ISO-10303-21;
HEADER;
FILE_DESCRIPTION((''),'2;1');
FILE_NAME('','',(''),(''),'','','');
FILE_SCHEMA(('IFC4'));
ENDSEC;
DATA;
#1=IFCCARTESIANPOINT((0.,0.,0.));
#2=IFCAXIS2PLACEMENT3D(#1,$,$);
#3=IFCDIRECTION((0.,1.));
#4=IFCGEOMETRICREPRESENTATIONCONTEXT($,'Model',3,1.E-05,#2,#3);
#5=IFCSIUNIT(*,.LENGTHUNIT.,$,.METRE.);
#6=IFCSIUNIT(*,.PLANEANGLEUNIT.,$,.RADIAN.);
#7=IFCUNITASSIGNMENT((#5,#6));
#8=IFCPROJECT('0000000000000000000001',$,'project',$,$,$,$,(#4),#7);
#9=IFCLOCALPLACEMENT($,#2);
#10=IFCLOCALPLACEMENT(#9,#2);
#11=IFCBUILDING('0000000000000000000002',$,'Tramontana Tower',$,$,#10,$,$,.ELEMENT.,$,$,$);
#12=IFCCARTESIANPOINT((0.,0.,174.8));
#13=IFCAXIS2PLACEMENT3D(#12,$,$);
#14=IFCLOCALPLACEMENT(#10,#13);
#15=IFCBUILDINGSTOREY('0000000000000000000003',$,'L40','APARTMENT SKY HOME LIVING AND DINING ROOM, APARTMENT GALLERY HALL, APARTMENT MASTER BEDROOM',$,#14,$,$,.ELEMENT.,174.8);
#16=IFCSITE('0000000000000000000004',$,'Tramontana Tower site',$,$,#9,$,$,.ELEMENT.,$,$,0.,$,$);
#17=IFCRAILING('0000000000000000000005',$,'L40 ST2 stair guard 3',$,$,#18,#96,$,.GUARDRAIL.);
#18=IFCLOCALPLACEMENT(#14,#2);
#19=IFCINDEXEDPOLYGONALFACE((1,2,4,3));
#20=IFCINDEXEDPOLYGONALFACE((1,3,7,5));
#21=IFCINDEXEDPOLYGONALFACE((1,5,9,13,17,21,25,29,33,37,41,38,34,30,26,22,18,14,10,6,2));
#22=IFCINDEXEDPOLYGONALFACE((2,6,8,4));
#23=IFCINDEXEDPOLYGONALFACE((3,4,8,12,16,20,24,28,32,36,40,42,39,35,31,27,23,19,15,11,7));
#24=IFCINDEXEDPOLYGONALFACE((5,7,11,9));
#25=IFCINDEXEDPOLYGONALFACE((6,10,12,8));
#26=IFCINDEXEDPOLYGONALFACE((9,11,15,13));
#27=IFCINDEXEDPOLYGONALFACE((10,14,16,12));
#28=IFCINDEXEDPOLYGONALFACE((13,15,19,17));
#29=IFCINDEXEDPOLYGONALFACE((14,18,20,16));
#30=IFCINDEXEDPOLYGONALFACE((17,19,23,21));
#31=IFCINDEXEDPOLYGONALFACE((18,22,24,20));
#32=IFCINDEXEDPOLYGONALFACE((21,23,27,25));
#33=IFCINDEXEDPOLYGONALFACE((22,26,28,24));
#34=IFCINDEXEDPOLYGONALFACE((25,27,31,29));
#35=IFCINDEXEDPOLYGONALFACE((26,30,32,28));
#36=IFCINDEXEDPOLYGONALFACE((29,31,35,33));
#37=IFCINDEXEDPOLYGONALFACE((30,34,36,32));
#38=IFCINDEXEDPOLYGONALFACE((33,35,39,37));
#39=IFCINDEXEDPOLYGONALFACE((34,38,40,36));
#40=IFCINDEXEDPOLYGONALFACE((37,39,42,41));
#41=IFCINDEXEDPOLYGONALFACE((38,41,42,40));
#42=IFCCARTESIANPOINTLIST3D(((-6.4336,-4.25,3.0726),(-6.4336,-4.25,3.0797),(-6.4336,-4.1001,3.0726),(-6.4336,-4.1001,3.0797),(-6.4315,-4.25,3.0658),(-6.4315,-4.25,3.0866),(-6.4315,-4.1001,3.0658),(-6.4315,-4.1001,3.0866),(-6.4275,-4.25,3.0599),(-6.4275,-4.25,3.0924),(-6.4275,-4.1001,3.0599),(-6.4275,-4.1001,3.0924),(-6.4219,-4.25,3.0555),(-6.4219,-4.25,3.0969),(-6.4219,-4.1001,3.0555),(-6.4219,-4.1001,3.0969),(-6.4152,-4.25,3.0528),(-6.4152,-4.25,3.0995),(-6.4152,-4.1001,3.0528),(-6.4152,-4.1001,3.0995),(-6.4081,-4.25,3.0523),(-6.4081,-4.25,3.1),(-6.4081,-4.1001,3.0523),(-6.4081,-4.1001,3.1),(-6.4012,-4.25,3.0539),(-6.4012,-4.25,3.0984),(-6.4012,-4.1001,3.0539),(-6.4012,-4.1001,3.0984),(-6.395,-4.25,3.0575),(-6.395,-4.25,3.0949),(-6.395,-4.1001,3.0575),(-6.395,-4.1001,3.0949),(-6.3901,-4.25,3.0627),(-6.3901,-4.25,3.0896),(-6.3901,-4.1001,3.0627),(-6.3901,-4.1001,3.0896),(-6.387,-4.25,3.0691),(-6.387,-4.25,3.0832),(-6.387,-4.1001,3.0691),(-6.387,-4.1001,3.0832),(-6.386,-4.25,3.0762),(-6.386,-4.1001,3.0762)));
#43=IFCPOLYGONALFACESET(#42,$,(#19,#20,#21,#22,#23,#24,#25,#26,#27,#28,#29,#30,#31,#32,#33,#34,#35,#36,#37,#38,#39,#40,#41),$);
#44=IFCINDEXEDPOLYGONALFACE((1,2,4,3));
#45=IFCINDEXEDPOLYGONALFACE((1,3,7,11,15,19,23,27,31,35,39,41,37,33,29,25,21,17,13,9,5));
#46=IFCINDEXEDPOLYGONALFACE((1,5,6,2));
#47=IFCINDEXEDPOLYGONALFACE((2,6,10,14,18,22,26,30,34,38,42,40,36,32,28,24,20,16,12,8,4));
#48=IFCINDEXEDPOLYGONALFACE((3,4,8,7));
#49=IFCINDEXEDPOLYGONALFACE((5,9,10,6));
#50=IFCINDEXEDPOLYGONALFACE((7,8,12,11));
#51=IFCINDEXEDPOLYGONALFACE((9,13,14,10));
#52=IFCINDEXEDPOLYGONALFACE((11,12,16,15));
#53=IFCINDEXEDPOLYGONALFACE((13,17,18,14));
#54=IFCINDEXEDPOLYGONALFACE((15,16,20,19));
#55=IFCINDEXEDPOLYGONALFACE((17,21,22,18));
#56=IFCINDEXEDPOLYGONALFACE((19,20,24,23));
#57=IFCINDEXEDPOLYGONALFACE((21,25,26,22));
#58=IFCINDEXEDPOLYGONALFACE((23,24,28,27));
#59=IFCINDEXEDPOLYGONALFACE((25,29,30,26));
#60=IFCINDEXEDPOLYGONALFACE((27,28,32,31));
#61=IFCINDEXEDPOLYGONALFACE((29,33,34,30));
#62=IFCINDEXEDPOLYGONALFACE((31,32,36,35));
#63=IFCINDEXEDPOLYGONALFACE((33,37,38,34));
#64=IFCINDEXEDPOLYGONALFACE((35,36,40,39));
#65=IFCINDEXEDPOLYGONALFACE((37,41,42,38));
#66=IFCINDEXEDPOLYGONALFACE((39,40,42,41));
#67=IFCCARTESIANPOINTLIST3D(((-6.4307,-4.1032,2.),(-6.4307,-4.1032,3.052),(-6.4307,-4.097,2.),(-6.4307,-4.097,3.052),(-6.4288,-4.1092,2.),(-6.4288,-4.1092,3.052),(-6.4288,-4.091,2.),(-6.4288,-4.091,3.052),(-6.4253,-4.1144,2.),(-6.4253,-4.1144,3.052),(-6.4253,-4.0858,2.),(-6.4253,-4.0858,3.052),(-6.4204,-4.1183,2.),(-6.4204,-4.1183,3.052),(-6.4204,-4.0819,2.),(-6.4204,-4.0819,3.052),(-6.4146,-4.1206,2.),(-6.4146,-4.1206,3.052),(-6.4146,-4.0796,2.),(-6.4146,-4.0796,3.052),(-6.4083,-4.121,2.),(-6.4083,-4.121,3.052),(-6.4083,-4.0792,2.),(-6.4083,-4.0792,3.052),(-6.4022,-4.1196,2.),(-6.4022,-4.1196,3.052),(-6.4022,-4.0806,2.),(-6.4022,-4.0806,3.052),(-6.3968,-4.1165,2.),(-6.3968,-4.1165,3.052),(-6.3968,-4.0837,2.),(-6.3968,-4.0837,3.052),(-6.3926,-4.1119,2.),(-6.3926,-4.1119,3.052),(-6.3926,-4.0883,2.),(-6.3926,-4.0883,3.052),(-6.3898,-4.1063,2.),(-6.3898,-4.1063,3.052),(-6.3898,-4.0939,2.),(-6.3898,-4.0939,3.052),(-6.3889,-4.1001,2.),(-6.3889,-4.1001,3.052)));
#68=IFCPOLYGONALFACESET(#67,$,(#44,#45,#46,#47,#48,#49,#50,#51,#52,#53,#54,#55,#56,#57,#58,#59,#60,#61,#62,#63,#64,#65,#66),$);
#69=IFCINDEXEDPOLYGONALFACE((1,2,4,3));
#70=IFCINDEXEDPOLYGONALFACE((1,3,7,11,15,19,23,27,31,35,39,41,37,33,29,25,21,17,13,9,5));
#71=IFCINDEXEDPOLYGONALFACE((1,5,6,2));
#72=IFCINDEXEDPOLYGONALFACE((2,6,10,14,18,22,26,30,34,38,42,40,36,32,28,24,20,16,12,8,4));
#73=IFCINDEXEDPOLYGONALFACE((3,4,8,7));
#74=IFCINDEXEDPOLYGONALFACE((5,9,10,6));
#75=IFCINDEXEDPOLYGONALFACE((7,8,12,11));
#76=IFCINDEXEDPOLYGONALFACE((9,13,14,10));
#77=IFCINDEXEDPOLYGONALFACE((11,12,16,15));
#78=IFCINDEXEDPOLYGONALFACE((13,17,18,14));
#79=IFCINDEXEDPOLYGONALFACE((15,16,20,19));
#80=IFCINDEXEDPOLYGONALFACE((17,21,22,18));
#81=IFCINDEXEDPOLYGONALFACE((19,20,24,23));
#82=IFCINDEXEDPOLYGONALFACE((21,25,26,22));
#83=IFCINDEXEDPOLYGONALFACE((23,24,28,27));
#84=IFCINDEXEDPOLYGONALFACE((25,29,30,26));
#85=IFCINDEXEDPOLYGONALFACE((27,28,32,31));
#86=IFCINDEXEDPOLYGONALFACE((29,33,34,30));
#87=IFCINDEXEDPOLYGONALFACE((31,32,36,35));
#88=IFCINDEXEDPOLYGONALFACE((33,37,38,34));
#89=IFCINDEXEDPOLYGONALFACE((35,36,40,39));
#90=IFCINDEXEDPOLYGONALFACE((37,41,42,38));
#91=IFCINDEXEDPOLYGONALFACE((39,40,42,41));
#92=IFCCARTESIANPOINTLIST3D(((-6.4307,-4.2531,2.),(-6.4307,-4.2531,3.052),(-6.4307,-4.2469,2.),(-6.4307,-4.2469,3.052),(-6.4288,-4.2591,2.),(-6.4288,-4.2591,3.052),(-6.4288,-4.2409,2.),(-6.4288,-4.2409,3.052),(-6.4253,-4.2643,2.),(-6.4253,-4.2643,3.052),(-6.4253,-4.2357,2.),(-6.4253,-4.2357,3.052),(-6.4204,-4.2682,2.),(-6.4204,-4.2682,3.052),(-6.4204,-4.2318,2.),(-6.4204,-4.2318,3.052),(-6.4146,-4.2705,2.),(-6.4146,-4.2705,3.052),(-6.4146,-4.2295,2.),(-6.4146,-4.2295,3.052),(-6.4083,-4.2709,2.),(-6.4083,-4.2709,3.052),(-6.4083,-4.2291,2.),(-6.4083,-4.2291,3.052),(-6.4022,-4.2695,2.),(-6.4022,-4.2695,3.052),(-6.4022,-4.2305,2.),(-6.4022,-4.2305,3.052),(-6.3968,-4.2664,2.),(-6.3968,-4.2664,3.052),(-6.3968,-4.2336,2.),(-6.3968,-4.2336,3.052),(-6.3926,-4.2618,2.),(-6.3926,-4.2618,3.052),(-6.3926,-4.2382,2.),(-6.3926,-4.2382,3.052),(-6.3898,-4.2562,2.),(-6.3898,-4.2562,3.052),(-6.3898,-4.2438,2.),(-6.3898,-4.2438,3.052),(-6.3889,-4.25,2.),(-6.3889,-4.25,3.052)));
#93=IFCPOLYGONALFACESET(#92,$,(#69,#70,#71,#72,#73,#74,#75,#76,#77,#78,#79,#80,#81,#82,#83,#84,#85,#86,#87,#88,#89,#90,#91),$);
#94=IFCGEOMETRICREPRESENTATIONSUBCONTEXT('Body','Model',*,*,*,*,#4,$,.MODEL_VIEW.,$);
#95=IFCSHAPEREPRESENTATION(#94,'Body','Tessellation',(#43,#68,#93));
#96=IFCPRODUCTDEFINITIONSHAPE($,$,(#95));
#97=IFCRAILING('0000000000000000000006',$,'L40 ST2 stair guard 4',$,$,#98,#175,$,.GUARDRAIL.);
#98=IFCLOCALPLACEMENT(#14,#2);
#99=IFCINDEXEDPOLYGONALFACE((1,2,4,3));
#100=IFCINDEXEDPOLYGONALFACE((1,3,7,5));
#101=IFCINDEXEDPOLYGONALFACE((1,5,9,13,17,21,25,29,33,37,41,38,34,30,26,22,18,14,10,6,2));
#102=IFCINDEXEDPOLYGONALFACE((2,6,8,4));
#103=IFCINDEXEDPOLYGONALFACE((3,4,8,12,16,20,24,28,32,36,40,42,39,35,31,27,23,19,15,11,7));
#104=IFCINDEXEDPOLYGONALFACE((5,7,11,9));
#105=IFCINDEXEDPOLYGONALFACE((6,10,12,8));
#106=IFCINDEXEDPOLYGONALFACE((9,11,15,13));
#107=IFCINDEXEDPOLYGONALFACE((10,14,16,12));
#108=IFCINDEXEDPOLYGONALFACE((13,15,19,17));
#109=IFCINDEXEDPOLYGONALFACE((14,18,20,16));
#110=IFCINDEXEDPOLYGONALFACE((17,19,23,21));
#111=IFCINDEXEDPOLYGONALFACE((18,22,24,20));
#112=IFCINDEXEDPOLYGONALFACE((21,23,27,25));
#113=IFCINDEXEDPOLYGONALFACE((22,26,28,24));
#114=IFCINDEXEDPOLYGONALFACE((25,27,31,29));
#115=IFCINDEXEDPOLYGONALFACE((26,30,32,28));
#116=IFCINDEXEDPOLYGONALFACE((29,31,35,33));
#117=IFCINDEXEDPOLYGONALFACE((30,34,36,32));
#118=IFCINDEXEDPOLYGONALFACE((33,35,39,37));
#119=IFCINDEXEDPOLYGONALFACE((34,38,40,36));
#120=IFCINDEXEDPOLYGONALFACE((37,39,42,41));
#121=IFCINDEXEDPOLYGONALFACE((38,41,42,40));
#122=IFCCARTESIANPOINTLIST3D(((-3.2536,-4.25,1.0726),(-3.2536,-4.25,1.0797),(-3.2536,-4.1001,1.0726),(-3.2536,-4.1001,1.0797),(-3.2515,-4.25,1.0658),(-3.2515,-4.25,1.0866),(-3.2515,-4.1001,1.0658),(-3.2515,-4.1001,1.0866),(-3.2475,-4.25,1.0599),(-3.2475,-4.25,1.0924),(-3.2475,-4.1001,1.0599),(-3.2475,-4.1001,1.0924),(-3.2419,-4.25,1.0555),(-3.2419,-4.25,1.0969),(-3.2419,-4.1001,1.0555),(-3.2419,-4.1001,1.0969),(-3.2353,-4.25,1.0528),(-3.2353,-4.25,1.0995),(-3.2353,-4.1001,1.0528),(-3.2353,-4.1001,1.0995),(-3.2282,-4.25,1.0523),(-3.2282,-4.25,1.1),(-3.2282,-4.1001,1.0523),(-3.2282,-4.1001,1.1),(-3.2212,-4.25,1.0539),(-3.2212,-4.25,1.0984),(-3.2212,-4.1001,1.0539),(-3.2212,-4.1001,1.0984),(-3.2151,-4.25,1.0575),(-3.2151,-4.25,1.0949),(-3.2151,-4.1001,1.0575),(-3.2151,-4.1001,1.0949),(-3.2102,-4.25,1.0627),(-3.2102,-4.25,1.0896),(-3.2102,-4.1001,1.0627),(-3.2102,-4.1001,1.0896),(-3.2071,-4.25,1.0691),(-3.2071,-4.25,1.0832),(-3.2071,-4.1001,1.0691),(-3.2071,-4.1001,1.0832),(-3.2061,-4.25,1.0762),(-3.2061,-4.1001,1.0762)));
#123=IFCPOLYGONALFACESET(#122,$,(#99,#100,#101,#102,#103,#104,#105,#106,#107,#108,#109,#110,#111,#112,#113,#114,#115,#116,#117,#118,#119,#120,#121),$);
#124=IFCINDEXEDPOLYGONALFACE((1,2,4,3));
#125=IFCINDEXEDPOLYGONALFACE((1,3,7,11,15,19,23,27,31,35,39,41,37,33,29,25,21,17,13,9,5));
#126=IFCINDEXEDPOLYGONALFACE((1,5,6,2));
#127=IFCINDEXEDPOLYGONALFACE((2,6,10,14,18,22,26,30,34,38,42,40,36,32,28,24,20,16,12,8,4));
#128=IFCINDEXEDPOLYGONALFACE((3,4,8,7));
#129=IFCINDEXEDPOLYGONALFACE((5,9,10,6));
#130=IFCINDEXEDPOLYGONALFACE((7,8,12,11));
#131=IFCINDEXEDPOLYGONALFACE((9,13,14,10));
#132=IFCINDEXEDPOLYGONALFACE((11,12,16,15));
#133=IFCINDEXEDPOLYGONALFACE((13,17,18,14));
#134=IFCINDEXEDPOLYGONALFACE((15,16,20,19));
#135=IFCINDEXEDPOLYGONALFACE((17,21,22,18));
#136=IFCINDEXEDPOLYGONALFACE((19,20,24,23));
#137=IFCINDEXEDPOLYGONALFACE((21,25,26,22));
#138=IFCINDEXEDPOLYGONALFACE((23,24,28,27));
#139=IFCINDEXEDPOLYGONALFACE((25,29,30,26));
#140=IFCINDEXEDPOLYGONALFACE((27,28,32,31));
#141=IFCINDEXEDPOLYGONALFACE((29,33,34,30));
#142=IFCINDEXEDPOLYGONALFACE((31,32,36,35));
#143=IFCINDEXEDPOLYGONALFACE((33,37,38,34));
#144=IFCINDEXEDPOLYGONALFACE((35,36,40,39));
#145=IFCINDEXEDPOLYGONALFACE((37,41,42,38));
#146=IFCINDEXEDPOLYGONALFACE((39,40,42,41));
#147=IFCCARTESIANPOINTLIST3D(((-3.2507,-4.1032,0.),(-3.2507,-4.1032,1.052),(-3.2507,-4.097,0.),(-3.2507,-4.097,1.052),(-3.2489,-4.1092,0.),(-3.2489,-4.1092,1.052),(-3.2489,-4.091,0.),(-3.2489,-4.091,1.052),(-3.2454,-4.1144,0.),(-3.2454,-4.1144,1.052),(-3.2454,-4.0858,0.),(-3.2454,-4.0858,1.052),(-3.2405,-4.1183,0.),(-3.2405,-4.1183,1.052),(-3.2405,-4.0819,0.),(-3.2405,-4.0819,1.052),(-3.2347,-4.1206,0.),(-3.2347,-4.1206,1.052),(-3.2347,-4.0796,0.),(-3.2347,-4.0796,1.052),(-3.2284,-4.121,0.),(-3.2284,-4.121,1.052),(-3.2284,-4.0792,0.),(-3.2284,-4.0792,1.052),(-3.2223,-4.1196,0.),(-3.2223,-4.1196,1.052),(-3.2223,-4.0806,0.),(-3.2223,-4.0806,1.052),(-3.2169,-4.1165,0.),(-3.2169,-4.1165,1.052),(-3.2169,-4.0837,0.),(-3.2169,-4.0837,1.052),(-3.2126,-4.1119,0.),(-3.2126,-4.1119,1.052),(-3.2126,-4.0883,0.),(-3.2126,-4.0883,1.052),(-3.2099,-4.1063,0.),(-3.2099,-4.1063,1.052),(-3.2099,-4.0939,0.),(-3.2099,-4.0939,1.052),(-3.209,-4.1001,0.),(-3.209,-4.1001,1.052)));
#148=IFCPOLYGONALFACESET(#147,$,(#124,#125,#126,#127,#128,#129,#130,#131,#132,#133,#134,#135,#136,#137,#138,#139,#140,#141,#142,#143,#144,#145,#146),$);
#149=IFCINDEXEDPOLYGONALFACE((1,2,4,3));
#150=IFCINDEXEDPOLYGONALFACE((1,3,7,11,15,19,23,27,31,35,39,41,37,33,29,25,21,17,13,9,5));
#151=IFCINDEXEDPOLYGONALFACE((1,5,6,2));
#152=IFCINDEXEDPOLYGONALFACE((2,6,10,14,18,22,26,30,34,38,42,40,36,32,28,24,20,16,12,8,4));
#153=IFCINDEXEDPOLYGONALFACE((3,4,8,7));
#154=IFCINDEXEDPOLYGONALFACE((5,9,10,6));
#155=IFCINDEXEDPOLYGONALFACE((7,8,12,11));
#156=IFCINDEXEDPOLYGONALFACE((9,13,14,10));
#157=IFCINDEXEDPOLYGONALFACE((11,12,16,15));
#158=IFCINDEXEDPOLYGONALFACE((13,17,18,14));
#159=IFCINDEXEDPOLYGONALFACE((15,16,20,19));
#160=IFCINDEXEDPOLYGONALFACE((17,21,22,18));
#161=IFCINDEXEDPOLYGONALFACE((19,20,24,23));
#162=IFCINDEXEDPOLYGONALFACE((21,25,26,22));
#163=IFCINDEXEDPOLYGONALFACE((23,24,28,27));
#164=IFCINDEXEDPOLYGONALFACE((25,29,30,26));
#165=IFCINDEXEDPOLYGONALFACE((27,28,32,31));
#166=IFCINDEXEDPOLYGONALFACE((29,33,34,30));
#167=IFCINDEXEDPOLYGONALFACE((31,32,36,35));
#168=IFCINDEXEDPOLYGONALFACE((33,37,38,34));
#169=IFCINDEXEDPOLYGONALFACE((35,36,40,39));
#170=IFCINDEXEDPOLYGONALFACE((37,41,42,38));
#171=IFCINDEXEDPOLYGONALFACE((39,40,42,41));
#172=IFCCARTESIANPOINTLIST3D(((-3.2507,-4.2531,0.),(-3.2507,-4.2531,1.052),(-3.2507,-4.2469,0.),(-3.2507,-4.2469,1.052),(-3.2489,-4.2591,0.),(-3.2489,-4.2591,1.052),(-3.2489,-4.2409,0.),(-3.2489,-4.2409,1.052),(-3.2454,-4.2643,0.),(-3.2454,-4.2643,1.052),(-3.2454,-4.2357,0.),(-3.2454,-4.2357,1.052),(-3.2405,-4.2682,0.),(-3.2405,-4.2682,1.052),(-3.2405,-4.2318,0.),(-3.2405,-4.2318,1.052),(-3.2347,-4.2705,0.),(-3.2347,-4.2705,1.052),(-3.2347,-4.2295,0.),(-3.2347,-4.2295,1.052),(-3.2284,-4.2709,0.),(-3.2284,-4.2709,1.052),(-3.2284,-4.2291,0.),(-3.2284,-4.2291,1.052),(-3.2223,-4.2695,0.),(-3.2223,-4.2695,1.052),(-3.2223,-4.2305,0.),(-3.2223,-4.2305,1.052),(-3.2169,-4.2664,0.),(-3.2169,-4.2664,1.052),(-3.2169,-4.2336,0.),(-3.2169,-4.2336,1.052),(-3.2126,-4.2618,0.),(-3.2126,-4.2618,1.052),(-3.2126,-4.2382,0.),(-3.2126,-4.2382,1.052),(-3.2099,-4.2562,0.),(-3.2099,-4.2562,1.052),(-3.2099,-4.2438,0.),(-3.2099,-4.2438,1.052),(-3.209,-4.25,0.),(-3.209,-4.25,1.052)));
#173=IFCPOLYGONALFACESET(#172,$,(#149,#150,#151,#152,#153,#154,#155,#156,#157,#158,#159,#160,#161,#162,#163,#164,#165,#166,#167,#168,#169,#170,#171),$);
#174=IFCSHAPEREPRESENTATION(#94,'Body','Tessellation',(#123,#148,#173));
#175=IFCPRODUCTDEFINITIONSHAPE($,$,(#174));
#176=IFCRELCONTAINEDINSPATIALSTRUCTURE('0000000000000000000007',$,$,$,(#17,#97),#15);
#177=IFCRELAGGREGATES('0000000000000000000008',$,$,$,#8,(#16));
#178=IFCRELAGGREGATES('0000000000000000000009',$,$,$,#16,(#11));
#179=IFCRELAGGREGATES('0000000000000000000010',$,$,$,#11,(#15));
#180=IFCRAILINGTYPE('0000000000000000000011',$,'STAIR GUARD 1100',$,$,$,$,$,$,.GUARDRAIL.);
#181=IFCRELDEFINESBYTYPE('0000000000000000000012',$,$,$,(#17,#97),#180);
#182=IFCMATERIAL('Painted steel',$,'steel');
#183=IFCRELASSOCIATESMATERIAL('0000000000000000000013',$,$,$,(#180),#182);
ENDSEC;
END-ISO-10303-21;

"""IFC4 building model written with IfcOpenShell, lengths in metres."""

from ifc_helpers import new_model, si_unit, direction, frame, origin, origin_2d, place, context, subcontext, project, spatial, circle, extrude, material, type_object, element, save


model = new_model("IFC4")

# Units and contexts
model_context = context("Model", 3, precision=1e-05, world=origin(), true_north=direction((0.0, 1.0)))
body_context = subcontext(model_context, "Body", "Model", "MODEL_VIEW")
ifc_project = project(units=[si_unit("LENGTHUNIT", "METRE"), si_unit("PLANEANGLEUNIT", "RADIAN")], contexts=[model_context])

# Site, building, storey
site_placement = place(None, origin())
site = spatial("IfcSite", under=ifc_project, at=site_placement, Name="Tramontana Tower site", CompositionType="ELEMENT", RefElevation=0.0)
building_placement = place(site_placement, origin())
building = spatial("IfcBuilding", under=site, at=building_placement, Name="Tramontana Tower", CompositionType="ELEMENT")
storey_placement = place(building_placement, frame((0.0, 0.0, 174.8)))
storey = spatial("IfcBuildingStorey", under=building, at=storey_placement, Name="L40", Description="APARTMENT SKY HOME LIVING AND DINING ROOM, APARTMENT GALLERY HALL, APARTMENT MASTER BEDROOM", CompositionType="ELEMENT", Elevation=174.8)

# Railings
ifc_material_1 = material(Name="Painted steel", Category="steel")
railing_type_1 = type_object("IfcRailingType", Name="STAIR GUARD 1100", PredefinedType="GUARDRAIL", material=ifc_material_1)
for number, where, name in (
    (1, (-6.4099, -4.1001, 2.0), "L40 ST2 stair guard 3"),
    (2, (-3.23, -4.1001, 0.0), "L40 ST2 stair guard 4"),
):
    element("IfcRailing", number, at=place(storey_placement, frame(where)), inside=storey, type_object=railing_type_1, Name=name, PredefinedType="GUARDRAIL", context=body_context, shape_type="SweptSolid", body=[
        extrude(circle(Radius=0.0239, at=origin_2d()), frame((0.0, 0.0, 1.0762), z_axis=(0.0, -1.0, 0.0), x_axis=(1.0, 0.0, 0.0)), (0.0, 0.0, 1.0), 0.1499),
        extrude(circle(Radius=0.021, at=origin_2d()), origin(), (0.0, 0.0, 1.0), 1.052),
        extrude(circle(Radius=0.021, at=origin_2d()), frame((0.0, -0.1499, 0.0)), (0.0, 0.0, 1.0), 1.052),
    ])

save(model, "model.ifc")
